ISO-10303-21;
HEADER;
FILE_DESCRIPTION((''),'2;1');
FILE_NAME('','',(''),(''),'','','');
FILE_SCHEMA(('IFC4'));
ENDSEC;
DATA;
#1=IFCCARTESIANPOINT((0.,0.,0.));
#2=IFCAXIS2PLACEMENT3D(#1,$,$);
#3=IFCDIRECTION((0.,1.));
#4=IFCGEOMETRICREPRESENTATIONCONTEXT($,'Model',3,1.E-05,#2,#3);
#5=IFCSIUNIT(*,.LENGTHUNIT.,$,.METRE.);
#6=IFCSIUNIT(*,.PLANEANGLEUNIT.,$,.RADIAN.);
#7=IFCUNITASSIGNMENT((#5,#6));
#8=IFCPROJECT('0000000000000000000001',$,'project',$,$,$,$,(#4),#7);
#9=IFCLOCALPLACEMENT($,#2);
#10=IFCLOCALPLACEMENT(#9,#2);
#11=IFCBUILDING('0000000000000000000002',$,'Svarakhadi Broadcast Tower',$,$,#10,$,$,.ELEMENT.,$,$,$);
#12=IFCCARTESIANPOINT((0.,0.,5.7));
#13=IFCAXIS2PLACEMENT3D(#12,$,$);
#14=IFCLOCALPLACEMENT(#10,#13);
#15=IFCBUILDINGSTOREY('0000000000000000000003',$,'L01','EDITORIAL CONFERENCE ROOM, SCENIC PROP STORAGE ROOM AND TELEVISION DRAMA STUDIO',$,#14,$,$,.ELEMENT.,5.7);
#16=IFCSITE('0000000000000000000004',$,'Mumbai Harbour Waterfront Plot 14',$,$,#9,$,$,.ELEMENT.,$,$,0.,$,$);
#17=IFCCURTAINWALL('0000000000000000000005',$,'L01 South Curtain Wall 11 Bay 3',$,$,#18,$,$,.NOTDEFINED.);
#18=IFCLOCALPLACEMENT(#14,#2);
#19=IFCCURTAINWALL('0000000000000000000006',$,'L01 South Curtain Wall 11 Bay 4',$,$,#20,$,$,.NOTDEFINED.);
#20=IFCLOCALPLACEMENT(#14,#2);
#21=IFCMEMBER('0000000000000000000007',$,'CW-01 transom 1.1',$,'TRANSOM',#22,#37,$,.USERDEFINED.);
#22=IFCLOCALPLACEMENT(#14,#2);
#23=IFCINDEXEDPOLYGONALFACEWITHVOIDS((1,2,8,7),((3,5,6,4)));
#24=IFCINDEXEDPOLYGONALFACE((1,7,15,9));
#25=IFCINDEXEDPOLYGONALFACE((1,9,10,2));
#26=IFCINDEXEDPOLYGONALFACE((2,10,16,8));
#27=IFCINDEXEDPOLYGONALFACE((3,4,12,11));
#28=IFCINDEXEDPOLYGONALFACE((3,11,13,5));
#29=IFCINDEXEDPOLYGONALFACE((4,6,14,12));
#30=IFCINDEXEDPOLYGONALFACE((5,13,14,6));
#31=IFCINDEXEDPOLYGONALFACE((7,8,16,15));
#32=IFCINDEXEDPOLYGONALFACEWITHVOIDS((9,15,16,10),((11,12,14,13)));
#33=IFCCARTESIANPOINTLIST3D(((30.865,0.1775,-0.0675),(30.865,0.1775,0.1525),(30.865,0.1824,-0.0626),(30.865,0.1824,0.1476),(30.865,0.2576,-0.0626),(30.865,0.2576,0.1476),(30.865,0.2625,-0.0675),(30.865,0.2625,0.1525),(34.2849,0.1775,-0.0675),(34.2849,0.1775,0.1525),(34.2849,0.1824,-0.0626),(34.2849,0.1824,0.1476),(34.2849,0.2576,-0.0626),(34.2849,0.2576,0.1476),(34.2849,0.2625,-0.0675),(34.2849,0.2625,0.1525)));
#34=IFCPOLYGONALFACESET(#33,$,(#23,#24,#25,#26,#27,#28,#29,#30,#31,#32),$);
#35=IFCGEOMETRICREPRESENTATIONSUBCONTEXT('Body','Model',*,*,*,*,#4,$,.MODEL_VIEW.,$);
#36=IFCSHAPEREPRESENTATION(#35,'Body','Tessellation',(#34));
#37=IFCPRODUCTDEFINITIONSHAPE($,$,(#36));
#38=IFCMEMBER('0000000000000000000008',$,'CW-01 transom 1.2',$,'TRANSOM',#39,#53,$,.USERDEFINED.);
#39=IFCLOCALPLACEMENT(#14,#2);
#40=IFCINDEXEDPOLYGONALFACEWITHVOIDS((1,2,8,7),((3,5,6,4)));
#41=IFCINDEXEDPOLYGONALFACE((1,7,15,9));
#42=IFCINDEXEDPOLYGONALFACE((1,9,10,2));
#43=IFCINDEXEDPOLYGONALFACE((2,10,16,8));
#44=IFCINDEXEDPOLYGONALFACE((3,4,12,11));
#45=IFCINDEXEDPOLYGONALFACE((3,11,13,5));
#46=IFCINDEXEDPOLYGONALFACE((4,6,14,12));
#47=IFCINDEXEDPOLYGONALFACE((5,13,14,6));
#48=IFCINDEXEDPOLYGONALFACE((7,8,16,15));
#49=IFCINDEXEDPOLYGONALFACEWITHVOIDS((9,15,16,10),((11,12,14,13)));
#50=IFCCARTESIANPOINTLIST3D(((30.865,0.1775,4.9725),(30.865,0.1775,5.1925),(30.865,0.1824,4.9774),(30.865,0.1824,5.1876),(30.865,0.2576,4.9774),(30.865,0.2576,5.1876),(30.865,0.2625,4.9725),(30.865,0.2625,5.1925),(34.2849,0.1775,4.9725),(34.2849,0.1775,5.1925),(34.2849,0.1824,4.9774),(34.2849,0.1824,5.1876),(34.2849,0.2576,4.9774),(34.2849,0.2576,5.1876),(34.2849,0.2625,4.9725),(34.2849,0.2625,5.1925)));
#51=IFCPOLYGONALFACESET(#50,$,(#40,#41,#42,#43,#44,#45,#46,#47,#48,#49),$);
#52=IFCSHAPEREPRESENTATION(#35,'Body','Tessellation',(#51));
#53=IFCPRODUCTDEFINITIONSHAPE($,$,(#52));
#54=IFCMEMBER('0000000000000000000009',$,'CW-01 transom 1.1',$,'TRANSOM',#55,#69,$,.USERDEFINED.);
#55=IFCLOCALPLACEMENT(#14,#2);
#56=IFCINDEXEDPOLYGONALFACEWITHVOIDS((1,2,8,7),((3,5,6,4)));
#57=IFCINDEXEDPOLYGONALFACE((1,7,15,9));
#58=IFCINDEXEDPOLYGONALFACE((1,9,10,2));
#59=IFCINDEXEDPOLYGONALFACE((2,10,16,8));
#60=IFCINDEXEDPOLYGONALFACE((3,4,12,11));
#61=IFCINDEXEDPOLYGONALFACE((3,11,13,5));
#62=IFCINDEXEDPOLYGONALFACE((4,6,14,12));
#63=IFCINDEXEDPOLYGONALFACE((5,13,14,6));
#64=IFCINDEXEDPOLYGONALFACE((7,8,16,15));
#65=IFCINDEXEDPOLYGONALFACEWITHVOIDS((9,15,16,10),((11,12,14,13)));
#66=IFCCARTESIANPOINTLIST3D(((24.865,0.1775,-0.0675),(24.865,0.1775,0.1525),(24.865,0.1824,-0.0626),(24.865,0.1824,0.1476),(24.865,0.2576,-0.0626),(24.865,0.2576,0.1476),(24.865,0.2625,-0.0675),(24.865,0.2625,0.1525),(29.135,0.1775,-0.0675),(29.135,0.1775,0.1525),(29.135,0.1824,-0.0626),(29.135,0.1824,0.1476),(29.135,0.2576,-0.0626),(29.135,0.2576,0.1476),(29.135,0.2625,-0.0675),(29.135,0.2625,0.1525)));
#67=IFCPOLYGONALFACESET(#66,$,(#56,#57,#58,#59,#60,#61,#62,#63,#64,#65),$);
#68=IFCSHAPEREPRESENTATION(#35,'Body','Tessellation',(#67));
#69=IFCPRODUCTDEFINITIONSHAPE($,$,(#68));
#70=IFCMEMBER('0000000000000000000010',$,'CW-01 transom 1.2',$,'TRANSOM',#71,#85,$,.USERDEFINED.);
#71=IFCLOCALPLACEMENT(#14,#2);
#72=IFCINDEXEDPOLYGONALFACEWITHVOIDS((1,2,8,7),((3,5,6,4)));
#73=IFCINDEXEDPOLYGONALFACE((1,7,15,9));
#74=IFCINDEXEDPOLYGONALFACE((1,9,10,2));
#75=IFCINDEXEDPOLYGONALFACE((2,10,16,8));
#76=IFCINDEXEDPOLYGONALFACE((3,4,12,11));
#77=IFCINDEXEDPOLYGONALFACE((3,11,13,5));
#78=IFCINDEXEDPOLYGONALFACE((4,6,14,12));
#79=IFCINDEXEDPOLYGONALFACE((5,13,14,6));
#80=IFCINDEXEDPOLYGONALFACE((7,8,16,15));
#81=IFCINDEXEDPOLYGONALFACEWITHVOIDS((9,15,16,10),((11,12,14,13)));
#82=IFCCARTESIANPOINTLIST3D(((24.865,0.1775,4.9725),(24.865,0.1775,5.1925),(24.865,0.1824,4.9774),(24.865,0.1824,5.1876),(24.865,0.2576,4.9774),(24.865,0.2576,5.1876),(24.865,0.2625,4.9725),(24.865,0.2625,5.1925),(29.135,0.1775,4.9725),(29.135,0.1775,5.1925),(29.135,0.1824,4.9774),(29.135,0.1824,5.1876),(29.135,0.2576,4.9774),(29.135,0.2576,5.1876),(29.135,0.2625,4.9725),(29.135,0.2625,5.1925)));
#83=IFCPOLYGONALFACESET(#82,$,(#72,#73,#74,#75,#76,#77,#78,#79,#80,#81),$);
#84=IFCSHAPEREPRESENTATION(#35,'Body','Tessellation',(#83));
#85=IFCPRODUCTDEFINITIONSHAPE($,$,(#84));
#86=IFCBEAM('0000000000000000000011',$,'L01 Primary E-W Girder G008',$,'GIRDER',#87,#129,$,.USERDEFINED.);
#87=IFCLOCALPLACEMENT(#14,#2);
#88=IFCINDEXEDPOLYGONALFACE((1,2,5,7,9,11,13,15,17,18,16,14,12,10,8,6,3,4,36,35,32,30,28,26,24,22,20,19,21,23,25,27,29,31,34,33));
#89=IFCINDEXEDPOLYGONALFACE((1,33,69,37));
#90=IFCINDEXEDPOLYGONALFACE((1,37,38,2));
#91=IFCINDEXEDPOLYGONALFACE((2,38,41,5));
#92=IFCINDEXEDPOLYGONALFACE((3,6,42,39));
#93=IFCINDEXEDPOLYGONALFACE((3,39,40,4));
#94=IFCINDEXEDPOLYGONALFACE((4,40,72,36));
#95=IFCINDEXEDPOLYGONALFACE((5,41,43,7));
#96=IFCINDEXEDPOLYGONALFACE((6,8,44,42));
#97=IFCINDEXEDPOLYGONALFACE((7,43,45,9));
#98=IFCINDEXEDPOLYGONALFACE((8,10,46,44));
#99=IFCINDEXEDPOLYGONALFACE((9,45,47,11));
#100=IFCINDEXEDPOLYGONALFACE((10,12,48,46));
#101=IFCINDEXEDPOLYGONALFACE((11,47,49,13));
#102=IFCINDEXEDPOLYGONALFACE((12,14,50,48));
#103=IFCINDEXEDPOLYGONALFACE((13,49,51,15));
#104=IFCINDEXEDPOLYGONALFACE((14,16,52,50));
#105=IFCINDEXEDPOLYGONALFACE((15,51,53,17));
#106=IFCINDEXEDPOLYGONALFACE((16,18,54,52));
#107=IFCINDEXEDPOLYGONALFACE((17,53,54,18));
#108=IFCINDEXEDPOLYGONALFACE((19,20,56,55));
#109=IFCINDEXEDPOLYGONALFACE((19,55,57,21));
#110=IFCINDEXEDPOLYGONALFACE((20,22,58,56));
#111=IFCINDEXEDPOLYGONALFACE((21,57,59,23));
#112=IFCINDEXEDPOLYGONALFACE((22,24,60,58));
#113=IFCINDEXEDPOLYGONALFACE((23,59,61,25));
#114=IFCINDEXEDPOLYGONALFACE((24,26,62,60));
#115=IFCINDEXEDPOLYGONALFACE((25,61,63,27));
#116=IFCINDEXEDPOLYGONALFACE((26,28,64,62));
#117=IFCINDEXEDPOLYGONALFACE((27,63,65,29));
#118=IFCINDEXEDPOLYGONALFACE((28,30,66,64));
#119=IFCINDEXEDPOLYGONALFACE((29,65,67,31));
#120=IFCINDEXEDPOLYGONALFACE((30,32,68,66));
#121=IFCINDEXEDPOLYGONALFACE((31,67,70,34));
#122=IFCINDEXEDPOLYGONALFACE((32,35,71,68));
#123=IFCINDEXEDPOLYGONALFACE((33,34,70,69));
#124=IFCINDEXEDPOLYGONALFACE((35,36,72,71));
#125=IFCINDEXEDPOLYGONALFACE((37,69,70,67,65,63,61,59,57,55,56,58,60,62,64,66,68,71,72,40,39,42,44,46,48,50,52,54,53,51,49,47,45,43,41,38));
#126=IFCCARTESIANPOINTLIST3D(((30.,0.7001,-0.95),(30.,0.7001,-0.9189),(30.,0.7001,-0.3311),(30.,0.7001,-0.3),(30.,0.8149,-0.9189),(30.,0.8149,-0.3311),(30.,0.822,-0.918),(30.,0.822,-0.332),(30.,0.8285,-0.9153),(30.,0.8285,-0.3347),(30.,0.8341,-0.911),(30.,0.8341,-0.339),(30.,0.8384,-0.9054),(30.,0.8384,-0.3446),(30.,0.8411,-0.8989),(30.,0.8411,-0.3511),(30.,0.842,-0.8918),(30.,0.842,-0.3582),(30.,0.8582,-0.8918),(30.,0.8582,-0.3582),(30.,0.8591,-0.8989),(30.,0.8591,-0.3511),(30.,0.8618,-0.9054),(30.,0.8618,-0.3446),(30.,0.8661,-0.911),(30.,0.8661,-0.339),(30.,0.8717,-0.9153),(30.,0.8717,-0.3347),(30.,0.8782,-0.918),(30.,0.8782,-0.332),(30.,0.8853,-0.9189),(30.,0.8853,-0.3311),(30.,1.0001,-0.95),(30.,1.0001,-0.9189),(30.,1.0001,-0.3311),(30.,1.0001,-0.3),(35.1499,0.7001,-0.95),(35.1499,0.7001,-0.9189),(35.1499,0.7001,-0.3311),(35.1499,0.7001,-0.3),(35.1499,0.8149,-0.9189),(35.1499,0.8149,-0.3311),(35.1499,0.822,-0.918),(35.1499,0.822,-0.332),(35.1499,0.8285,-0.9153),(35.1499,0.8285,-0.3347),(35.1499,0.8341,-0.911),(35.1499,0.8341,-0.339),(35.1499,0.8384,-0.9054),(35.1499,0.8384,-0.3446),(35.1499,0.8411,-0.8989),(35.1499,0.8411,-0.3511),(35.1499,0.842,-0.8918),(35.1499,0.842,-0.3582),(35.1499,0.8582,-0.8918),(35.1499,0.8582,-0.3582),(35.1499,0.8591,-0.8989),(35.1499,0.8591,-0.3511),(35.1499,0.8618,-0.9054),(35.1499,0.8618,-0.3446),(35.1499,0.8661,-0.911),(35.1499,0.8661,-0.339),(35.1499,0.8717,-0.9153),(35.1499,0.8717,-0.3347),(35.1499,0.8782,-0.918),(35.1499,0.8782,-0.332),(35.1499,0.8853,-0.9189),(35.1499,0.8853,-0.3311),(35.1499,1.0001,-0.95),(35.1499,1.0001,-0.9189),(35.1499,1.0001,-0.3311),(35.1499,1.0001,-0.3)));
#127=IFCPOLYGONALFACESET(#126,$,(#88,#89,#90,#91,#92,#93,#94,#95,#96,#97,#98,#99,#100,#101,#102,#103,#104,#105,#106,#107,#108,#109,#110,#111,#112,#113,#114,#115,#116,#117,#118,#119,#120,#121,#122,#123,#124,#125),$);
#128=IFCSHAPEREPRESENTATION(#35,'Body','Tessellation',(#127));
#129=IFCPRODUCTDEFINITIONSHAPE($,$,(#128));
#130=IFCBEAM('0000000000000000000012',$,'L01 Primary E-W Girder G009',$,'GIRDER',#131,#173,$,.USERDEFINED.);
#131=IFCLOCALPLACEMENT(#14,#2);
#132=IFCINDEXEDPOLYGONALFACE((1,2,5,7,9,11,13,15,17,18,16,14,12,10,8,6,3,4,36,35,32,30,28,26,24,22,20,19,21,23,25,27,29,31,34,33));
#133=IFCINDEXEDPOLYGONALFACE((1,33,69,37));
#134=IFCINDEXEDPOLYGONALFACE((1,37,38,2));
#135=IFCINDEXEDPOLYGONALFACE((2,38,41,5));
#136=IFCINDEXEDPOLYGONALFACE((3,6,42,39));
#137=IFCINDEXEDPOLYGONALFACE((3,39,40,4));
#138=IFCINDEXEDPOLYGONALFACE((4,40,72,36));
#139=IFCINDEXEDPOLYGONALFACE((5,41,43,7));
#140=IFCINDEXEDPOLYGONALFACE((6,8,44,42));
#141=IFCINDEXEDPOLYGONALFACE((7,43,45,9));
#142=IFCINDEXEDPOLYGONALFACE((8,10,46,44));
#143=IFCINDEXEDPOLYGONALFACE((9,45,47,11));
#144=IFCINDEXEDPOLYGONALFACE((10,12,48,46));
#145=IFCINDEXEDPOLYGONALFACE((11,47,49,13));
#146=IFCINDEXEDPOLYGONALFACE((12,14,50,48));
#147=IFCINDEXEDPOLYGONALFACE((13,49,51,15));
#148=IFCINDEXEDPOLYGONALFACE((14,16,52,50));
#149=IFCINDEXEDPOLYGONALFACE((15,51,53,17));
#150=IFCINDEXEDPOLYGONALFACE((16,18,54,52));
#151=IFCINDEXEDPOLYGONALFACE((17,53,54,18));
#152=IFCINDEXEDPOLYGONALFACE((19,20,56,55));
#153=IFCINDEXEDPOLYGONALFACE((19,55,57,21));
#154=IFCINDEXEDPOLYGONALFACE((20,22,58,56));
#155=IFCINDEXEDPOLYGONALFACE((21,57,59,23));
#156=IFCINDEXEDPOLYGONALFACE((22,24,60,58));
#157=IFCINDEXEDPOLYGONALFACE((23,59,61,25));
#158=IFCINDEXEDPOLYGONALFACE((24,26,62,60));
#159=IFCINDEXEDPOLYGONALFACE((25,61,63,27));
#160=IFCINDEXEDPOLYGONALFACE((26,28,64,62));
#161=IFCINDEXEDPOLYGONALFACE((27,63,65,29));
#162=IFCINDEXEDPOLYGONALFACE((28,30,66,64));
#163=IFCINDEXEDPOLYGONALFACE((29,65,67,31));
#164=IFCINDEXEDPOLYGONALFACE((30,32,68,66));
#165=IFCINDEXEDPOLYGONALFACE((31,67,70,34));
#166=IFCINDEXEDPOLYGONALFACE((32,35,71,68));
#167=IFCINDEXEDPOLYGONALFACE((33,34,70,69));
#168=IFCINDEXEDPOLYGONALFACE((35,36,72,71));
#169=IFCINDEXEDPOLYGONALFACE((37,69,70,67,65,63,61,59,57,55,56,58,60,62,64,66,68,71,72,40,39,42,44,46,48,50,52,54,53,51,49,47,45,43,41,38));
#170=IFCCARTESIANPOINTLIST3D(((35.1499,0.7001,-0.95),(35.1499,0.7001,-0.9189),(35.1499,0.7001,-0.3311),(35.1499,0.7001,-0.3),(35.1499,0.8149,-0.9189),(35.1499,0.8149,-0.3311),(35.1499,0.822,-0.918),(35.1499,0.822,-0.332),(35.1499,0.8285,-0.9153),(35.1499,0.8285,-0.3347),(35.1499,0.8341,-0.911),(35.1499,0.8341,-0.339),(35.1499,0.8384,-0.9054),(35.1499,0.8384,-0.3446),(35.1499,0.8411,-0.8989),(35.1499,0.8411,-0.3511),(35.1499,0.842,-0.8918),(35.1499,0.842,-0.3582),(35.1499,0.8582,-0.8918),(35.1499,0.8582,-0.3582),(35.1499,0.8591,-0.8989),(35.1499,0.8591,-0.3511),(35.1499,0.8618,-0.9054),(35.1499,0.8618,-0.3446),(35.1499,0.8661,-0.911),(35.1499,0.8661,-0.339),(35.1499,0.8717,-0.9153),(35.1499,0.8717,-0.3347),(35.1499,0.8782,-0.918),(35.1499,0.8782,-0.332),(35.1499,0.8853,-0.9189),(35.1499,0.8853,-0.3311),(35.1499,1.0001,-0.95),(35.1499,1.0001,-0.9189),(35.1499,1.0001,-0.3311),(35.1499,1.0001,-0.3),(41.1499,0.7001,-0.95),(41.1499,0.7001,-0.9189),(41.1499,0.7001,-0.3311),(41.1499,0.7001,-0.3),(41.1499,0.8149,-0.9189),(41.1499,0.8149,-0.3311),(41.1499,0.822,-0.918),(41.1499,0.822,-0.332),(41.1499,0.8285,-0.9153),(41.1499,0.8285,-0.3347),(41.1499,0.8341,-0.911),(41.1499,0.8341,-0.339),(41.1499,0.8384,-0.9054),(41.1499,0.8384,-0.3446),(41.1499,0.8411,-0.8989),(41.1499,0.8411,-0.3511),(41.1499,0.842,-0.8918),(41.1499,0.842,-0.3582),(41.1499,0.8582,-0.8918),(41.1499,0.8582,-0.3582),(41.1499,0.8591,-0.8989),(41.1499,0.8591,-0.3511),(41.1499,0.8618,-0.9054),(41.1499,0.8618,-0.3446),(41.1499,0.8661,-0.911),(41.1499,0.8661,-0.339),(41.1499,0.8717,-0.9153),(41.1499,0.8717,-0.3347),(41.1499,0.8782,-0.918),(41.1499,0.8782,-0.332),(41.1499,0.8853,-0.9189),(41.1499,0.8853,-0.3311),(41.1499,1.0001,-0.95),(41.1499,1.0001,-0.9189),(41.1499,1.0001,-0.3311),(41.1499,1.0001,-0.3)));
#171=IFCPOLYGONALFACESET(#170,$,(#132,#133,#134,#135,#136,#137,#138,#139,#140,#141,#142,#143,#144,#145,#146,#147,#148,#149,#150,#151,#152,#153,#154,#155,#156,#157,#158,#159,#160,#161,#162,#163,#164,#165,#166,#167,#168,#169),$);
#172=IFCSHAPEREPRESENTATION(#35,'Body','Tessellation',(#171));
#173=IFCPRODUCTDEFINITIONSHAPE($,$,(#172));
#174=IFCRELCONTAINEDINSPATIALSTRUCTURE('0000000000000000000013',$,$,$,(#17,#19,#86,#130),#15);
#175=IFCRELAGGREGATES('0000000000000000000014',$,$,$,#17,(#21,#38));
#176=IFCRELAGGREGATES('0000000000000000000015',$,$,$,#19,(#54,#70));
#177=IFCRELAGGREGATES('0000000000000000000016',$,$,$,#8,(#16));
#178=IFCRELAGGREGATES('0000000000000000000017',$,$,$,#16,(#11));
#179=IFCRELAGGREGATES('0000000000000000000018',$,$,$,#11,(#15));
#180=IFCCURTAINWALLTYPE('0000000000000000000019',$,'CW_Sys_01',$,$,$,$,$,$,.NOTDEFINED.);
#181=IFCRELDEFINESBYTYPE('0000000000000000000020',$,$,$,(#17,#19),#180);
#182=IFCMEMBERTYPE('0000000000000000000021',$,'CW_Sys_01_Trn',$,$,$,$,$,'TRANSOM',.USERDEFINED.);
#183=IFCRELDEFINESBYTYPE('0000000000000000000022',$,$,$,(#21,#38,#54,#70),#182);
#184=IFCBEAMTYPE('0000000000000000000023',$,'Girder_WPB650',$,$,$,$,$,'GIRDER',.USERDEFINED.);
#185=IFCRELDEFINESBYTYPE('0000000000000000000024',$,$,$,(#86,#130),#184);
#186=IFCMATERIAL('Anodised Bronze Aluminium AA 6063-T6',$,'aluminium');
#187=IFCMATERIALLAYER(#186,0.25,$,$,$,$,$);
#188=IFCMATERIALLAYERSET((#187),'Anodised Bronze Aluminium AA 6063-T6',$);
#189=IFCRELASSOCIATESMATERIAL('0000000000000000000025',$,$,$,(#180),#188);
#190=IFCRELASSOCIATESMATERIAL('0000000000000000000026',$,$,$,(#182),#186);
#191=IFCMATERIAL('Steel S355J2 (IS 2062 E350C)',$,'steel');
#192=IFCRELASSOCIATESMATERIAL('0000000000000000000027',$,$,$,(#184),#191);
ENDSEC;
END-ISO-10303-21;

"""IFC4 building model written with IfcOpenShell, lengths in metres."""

from ifc_helpers import new_model, si_unit, direction, frame, origin, origin_2d, place, context, subcontext, project, spatial, hollow_rectangle, i_section, extrude, material, layer, layer_set, material_profile, profile_set, type_object, element, aggregate, save


model = new_model("IFC4")

# Units and contexts
model_context = context("Model", 3, precision=1e-05, world=origin(), true_north=direction((0.0, 1.0)))
body_context = subcontext(model_context, "Body", "Model", "MODEL_VIEW")
ifc_project = project(units=[si_unit("LENGTHUNIT", "METRE"), si_unit("PLANEANGLEUNIT", "RADIAN")], contexts=[model_context])

# Site, building, storey
site_placement = place(None, origin())
site = spatial("IfcSite", under=ifc_project, at=site_placement, Name="Mumbai Harbour Waterfront Plot 14", CompositionType="ELEMENT", RefElevation=0.0)
building_placement = place(site_placement, origin())
building = spatial("IfcBuilding", under=site, at=building_placement, Name="Svarakhadi Broadcast Tower", CompositionType="ELEMENT")
storey_placement = place(building_placement, frame((0.0, 0.0, 5.7)))
storey = spatial("IfcBuildingStorey", under=building, at=storey_placement, Name="L01", Description="EDITORIAL CONFERENCE ROOM, SCENIC PROP STORAGE ROOM AND TELEVISION DRAMA STUDIO", CompositionType="ELEMENT", Elevation=5.7)

# Shared definitions
ifc_material_1 = material(Name="Steel S355J2 (IS 2062 E350C)", Category="steel")

# Shared definitions
ifc_material_2 = material(Name="Anodised Bronze Aluminium AA 6063-T6", Category="aluminium")
ifc_layer_1 = layer(ifc_material_2, 0.25)
ifc_layer_set_1 = layer_set([ifc_layer_1], Name="Anodised Bronze Aluminium AA 6063-T6")
curtain_wall_type = type_object("IfcCurtainWallType", Name="CW_Sys_01", PredefinedType="NOTDEFINED", material=ifc_layer_set_1)

# Curtain walls
curtain_wall_1_placement = place(storey_placement, origin())
curtain_wall_1 = element("IfcCurtainWall", 1, at=curtain_wall_1_placement, inside=storey, type_object=curtain_wall_type, Name="L01 South Curtain Wall 11 Bay 3", PredefinedType="NOTDEFINED")
curtain_wall_2_placement = place(storey_placement, origin())
curtain_wall_2 = element("IfcCurtainWall", 2, at=curtain_wall_2_placement, inside=storey, type_object=curtain_wall_type, Name="L01 South Curtain Wall 11 Bay 4", PredefinedType="NOTDEFINED")

# Members
ifc_material_profile_1 = material_profile(ifc_material_2, hollow_rectangle(XDim=0.085, YDim=0.22, WallThickness=0.0049, at=origin_2d()), Name="ALU TRANSOM 220x85x5")
ifc_profile_set_1 = profile_set([ifc_material_profile_1], Name="Anodised Bronze Aluminium AA 6063-T6")
member_type_1 = type_object("IfcMemberType", Name="CW_Sys_01_Trn", ElementType="TRANSOM", PredefinedType="USERDEFINED", material=ifc_profile_set_1)
member_1_placement = place(storey_placement, frame((34.2849, 0.22, 0.0425), z_axis=(-1.0, 0.0, 0.0), x_axis=(0.0, -1.0, 0.0)))
member_1 = element("IfcMember", 3, at=member_1_placement, type_object=member_type_1, Name="CW-01 transom 1.1", ObjectType="TRANSOM", PredefinedType="USERDEFINED", context=body_context, shape_type="SweptSolid", body=[
    extrude(hollow_rectangle(XDim=0.085, YDim=0.22, WallThickness=0.0049, at=origin_2d()), origin(), (0.0, 0.0, 1.0), 3.4199),
])
member_2_placement = place(storey_placement, frame((34.2849, 0.22, 5.0825), z_axis=(-1.0, 0.0, 0.0), x_axis=(0.0, -1.0, 0.0)))
member_2 = element("IfcMember", 4, at=member_2_placement, type_object=member_type_1, Name="CW-01 transom 1.2", ObjectType="TRANSOM", PredefinedType="USERDEFINED", context=body_context, shape_type="SweptSolid", body=[
    extrude(hollow_rectangle(XDim=0.085, YDim=0.22, WallThickness=0.0049, at=origin_2d()), origin(), (0.0, 0.0, 1.0), 3.4199),
])
member_3_placement = place(storey_placement, frame((29.135, 0.22, 0.0425), z_axis=(-1.0, 0.0, 0.0), x_axis=(0.0, -1.0, 0.0)))
member_3 = element("IfcMember", 5, at=member_3_placement, type_object=member_type_1, Name="CW-01 transom 1.1", ObjectType="TRANSOM", PredefinedType="USERDEFINED", context=body_context, shape_type="SweptSolid", body=[
    extrude(hollow_rectangle(XDim=0.085, YDim=0.22, WallThickness=0.0049, at=origin_2d()), origin(), (0.0, 0.0, 1.0), 4.27),
])
member_4_placement = place(storey_placement, frame((29.135, 0.22, 5.0825), z_axis=(-1.0, 0.0, 0.0), x_axis=(0.0, -1.0, 0.0)))
member_4 = element("IfcMember", 6, at=member_4_placement, type_object=member_type_1, Name="CW-01 transom 1.2", ObjectType="TRANSOM", PredefinedType="USERDEFINED", context=body_context, shape_type="SweptSolid", body=[
    extrude(hollow_rectangle(XDim=0.085, YDim=0.22, WallThickness=0.0049, at=origin_2d()), origin(), (0.0, 0.0, 1.0), 4.27),
])

# Beams
ifc_material_profile_2 = material_profile(ifc_material_1, i_section(OverallWidth=0.3, OverallDepth=0.6499, WebThickness=0.0161, FlangeThickness=0.031, FilletRadius=0.0271, at=origin_2d()), Name="WPB 650x300x225")
ifc_profile_set_2 = profile_set([ifc_material_profile_2], Name="Steel S355J2 (IS 2062 E350C)")
beam_type_1 = type_object("IfcBeamType", Name="Girder_WPB650", ElementType="GIRDER", PredefinedType="USERDEFINED", material=ifc_profile_set_2)
beam_1_placement = place(storey_placement, frame((30.0, 0.8501, -0.625), z_axis=(1.0, 0.0, 0.0), x_axis=(0.0, 1.0, 0.0)))
element("IfcBeam", 7, at=beam_1_placement, inside=storey, type_object=beam_type_1, Name="L01 Primary E-W Girder G008", ObjectType="GIRDER", PredefinedType="USERDEFINED", context=body_context, shape_type="SweptSolid", body=[
    extrude(i_section(OverallWidth=0.3, OverallDepth=0.6499, WebThickness=0.0161, FlangeThickness=0.031, FilletRadius=0.0271, at=origin_2d()), origin(), (0.0, 0.0, 1.0), 5.1499),
])
beam_2_placement = place(storey_placement, frame((35.1499, 0.8501, -0.625), z_axis=(1.0, 0.0, 0.0), x_axis=(0.0, 1.0, 0.0)))
element("IfcBeam", 8, at=beam_2_placement, inside=storey, type_object=beam_type_1, Name="L01 Primary E-W Girder G009", ObjectType="GIRDER", PredefinedType="USERDEFINED", context=body_context, shape_type="SweptSolid", body=[
    extrude(i_section(OverallWidth=0.3, OverallDepth=0.6499, WebThickness=0.0161, FlangeThickness=0.031, FilletRadius=0.0271, at=origin_2d()), origin(), (0.0, 0.0, 1.0), 6.0),
])

aggregate(curtain_wall_1, [member_1, member_2])
aggregate(curtain_wall_2, [member_3, member_4])

save(model, "model.ifc")
